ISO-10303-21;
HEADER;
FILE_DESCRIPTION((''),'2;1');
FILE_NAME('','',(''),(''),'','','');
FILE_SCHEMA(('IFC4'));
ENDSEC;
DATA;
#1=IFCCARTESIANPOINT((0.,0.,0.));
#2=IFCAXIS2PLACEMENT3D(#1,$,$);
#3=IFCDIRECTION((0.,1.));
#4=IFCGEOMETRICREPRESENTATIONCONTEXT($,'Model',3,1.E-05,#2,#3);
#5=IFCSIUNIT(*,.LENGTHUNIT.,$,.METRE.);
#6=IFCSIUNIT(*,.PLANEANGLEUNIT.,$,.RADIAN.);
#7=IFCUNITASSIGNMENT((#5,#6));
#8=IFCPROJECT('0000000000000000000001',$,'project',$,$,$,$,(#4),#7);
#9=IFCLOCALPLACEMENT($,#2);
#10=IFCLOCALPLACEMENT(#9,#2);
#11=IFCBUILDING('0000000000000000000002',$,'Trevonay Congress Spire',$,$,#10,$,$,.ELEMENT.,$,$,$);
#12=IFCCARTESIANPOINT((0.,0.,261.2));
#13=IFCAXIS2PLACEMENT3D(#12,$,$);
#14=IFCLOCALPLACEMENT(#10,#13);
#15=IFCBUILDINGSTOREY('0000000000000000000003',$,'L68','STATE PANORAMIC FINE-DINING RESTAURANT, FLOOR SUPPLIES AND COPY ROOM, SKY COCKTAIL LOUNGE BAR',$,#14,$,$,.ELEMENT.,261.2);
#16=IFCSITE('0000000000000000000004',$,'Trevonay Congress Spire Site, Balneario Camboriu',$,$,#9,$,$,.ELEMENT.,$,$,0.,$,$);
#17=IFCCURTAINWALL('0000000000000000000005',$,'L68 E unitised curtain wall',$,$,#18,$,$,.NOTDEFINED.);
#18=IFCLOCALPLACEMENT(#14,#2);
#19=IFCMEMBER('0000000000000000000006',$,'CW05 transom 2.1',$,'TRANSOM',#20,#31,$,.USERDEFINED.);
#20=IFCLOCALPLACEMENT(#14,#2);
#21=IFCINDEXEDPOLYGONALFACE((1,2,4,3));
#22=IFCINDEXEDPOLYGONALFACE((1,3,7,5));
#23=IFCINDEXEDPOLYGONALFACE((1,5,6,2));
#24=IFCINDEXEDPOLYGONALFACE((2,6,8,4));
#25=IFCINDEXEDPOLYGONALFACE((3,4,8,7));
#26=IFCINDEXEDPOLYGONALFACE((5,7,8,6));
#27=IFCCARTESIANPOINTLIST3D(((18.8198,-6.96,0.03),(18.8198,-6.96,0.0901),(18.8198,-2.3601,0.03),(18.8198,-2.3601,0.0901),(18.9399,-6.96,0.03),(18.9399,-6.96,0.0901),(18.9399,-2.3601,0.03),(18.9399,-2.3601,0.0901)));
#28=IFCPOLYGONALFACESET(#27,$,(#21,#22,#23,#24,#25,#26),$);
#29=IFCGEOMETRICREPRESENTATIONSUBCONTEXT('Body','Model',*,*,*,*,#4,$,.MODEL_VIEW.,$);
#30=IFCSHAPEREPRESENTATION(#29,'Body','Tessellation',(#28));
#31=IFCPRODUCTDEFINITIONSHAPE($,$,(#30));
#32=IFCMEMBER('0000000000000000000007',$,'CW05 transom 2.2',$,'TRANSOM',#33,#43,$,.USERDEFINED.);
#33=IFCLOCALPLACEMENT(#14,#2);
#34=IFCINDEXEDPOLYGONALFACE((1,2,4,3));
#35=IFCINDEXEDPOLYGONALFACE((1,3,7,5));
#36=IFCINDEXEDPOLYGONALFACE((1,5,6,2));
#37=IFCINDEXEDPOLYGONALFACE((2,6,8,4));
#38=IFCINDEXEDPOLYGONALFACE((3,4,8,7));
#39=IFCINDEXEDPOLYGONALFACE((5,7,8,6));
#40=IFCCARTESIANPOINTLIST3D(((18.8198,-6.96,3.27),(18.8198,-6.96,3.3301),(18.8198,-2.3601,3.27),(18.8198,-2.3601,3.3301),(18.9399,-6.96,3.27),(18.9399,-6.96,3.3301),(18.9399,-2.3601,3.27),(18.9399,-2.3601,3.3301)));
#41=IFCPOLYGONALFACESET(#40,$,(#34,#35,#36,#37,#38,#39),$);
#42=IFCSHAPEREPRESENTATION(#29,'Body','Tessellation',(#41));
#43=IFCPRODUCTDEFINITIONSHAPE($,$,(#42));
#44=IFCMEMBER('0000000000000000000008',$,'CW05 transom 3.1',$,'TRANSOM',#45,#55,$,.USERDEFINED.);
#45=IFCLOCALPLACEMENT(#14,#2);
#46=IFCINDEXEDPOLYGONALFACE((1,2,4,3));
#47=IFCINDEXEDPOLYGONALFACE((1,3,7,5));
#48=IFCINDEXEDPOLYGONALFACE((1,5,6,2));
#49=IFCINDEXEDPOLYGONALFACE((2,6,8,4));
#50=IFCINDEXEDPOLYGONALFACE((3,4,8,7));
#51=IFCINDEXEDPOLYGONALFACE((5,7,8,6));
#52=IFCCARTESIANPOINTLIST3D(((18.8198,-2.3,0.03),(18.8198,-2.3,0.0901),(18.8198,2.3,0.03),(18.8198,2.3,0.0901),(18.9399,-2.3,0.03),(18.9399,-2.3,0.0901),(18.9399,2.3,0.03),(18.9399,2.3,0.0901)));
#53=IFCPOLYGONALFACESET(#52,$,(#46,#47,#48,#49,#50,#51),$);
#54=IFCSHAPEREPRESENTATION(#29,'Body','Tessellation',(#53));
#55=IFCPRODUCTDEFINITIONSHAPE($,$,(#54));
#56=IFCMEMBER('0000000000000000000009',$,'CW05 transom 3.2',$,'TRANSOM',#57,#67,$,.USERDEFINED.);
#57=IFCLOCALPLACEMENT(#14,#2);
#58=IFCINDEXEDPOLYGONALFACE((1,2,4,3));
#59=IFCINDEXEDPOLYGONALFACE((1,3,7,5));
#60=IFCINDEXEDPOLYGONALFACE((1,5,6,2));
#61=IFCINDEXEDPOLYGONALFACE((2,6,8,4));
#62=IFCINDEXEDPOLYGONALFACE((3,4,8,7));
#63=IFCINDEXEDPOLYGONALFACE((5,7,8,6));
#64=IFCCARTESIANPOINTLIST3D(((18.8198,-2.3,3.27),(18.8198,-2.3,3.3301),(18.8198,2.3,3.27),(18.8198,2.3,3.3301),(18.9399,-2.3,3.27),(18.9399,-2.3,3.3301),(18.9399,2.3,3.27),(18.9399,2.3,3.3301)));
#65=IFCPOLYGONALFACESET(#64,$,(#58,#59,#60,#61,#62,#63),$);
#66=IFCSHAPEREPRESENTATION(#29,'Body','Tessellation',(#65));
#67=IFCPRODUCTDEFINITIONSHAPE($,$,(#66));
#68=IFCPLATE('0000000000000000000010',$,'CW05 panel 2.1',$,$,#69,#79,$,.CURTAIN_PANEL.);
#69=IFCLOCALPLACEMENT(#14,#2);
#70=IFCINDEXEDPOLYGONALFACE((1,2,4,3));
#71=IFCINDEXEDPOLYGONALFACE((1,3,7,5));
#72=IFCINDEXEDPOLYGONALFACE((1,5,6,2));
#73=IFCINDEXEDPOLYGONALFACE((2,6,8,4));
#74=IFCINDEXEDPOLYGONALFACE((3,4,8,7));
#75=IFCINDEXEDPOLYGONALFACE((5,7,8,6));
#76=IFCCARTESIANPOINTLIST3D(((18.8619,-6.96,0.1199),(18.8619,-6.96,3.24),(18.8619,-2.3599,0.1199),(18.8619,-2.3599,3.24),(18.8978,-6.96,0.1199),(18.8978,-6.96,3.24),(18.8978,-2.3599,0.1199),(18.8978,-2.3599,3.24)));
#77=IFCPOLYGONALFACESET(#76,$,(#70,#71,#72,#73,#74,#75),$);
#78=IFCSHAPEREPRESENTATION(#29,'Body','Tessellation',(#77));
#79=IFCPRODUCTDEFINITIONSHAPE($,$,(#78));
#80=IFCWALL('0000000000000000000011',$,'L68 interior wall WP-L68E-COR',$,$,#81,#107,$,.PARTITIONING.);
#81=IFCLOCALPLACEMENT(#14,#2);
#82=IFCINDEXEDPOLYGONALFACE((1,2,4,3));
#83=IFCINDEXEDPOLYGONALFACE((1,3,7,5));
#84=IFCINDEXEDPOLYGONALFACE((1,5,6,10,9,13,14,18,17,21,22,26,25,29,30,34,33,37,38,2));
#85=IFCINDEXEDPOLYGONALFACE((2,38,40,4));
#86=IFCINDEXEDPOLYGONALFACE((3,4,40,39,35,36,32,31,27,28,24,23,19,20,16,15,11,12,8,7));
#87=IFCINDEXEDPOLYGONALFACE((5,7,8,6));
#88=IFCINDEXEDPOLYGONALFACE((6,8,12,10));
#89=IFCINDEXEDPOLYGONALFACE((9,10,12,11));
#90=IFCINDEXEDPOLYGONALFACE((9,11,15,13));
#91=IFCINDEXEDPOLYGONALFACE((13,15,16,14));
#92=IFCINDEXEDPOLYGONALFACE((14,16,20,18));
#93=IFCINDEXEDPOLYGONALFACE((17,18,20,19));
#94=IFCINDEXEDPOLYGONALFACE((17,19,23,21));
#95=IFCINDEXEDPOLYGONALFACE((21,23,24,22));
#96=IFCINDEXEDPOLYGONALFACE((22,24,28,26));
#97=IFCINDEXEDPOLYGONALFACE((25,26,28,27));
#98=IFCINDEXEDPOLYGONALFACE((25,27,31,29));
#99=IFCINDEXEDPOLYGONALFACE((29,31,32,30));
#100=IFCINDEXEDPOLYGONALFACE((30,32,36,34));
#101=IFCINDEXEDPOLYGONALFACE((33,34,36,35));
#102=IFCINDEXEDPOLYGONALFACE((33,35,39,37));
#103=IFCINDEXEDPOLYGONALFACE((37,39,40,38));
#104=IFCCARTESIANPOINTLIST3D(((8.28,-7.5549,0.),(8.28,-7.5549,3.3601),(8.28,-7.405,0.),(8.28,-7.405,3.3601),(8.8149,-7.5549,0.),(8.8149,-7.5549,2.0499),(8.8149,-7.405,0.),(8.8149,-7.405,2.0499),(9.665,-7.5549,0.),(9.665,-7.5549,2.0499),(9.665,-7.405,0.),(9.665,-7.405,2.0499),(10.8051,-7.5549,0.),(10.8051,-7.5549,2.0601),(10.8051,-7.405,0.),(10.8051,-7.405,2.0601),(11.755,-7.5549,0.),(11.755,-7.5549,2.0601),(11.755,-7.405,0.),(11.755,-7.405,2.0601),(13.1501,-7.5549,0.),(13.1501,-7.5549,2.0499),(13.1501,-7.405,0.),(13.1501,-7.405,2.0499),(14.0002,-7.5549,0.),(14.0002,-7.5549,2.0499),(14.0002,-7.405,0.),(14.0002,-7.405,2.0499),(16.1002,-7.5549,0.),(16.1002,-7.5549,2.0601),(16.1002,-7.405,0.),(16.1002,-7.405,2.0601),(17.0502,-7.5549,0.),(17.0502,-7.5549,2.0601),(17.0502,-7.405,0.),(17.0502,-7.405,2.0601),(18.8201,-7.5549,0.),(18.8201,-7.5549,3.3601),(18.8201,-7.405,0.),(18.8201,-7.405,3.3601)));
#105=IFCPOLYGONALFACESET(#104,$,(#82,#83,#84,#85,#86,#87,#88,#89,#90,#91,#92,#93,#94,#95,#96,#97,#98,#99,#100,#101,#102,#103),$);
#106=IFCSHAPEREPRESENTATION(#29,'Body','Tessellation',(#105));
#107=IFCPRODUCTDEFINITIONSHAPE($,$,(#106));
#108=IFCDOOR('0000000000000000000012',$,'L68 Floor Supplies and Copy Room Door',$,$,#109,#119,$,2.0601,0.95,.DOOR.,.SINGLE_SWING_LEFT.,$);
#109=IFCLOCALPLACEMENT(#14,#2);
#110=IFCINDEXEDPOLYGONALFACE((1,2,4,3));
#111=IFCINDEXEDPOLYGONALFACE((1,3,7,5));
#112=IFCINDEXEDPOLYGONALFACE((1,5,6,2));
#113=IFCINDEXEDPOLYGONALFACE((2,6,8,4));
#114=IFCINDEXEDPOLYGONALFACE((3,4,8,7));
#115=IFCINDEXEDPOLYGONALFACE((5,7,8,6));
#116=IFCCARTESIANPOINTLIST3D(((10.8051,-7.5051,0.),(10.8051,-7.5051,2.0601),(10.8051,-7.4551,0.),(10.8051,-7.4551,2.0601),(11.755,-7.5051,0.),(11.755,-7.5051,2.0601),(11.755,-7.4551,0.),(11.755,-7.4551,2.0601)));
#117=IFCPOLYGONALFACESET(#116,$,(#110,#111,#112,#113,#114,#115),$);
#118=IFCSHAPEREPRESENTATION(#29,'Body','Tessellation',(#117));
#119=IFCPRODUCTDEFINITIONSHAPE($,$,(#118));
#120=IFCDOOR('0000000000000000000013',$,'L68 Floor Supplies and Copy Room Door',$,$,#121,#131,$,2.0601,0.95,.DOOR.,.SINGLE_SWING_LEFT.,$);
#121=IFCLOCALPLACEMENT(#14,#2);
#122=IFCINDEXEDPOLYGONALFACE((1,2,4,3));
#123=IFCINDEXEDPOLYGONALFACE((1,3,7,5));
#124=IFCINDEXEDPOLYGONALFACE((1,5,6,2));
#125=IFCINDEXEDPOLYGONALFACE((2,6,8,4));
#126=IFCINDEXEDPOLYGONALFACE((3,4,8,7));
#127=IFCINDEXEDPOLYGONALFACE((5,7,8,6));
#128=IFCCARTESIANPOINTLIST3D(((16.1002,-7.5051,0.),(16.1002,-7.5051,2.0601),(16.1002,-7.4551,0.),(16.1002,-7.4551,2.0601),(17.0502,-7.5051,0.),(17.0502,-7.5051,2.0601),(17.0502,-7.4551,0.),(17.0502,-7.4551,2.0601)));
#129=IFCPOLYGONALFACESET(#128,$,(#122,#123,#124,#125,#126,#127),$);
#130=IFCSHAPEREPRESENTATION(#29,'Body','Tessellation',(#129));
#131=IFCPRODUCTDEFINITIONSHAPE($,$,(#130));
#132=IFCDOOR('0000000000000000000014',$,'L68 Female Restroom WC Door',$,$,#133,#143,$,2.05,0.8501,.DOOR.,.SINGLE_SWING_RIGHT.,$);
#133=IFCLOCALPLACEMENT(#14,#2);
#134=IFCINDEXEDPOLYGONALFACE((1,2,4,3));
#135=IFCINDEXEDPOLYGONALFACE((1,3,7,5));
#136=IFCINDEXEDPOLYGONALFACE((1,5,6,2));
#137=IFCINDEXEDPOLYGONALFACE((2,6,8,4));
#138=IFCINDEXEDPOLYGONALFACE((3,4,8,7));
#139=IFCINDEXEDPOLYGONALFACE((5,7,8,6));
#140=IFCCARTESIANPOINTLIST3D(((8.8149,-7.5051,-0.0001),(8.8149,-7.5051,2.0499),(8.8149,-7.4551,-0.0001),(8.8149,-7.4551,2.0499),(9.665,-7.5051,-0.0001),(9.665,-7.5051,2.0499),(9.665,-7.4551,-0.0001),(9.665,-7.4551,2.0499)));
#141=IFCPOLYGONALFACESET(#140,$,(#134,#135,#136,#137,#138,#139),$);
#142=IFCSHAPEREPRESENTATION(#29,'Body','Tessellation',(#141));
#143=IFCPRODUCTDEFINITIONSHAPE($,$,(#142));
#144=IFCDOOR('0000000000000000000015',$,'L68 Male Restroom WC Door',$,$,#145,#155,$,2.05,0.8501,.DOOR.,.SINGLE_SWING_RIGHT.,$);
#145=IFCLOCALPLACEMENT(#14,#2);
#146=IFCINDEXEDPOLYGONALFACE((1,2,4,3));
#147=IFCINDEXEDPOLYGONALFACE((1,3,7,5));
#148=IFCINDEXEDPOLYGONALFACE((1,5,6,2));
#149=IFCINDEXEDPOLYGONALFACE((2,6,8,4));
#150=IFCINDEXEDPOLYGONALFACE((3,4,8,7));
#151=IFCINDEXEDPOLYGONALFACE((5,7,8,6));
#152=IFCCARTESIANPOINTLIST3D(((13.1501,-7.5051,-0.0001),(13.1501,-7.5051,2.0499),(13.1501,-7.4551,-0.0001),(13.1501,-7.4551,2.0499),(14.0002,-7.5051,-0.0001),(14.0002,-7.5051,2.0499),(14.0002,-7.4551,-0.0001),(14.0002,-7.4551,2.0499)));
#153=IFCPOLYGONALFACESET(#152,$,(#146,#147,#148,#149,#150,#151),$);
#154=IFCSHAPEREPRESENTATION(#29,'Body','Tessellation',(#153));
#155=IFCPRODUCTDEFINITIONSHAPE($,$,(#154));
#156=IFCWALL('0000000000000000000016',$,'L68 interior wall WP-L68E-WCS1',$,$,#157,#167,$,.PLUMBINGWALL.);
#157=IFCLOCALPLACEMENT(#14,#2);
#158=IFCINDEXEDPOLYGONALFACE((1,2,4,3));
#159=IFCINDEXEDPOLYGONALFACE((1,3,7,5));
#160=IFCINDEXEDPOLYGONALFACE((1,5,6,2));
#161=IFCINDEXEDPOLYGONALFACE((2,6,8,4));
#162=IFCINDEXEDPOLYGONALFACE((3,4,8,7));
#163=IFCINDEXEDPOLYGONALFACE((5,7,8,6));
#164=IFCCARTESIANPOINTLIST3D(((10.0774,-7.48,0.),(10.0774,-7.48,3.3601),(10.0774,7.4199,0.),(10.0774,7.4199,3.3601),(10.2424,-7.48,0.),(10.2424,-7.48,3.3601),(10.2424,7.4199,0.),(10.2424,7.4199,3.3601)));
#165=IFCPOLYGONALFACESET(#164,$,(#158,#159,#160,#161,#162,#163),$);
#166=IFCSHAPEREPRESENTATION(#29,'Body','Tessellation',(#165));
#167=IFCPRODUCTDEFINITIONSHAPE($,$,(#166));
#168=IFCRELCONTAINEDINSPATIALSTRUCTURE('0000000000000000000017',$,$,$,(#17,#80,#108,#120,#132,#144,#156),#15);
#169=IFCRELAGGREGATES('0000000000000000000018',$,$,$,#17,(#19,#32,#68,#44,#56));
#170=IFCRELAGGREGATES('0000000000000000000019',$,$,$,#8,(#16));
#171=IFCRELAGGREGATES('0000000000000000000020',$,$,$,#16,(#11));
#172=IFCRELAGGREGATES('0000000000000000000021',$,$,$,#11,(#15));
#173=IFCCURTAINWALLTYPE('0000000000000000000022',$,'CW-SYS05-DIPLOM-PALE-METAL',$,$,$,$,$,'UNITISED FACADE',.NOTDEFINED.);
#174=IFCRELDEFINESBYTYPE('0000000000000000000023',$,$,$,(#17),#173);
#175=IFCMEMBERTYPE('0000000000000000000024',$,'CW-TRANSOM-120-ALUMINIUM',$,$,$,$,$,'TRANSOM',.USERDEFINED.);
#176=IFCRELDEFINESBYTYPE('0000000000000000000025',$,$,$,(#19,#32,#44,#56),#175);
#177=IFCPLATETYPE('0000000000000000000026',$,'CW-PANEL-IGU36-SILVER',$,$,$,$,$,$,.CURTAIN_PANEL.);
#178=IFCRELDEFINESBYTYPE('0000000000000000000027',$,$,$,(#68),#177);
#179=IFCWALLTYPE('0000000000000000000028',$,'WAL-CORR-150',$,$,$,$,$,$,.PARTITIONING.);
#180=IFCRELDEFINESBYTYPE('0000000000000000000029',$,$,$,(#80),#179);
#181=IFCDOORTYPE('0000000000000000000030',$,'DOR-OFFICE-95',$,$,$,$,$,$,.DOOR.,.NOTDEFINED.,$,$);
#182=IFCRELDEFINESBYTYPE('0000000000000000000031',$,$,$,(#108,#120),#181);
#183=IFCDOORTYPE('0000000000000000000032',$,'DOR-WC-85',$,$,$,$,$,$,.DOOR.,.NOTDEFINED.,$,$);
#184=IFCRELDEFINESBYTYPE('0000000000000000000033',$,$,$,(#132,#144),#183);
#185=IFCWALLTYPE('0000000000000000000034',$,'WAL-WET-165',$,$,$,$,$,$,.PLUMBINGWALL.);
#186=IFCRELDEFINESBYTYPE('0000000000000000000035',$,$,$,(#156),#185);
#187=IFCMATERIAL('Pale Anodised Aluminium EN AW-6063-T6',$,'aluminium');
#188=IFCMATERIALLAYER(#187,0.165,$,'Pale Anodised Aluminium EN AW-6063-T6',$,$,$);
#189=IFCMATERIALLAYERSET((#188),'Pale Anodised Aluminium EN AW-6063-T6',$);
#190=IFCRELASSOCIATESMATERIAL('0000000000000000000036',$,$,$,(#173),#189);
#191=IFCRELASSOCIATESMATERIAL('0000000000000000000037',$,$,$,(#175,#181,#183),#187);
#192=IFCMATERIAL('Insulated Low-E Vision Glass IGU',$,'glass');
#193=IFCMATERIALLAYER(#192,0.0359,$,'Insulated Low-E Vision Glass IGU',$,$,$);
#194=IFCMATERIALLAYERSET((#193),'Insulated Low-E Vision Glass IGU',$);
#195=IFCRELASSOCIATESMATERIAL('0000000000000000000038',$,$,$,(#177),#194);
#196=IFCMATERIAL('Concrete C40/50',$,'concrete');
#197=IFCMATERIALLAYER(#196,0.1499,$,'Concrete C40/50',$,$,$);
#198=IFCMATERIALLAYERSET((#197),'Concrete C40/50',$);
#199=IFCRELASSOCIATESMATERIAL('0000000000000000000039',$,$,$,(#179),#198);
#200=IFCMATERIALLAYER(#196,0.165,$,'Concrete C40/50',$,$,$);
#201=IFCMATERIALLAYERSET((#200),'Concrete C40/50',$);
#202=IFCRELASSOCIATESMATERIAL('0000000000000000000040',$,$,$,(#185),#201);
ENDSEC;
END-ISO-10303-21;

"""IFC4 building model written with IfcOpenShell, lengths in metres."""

from ifc_helpers import new_model, si_unit, direction, frame, frame_2d, origin, origin_2d, place, context, subcontext, project, spatial, rectangle, extrude, material, layer, layer_set, material_profile, profile_set, type_object, element, fill, aggregate, save


model = new_model("IFC4")

# Units and contexts
model_context = context("Model", 3, precision=1e-05, world=origin(), true_north=direction((0.0, 1.0)))
body_context = subcontext(model_context, "Body", "Model", "MODEL_VIEW")
ifc_project = project(units=[si_unit("LENGTHUNIT", "METRE"), si_unit("PLANEANGLEUNIT", "RADIAN")], contexts=[model_context])

# Site, building, storey
site_placement = place(None, origin())
site = spatial("IfcSite", under=ifc_project, at=site_placement, Name="Trevonay Congress Spire Site, Balneario Camboriu", CompositionType="ELEMENT", RefElevation=0.0)
building_placement = place(site_placement, origin())
building = spatial("IfcBuilding", under=site, at=building_placement, Name="Trevonay Congress Spire", CompositionType="ELEMENT")
storey_placement = place(building_placement, frame((0.0, 0.0, 261.2)))
storey = spatial("IfcBuildingStorey", under=building, at=storey_placement, Name="L68", Description="STATE PANORAMIC FINE-DINING RESTAURANT, FLOOR SUPPLIES AND COPY ROOM, SKY COCKTAIL LOUNGE BAR", CompositionType="ELEMENT", Elevation=261.2)

# Curtain wall, members, plate
ifc_material_1 = material(Name="Pale Anodised Aluminium EN AW-6063-T6", Category="aluminium")
ifc_layer_1 = layer(ifc_material_1, 0.165, Name="Pale Anodised Aluminium EN AW-6063-T6")
ifc_layer_set_1 = layer_set([ifc_layer_1], Name="Pale Anodised Aluminium EN AW-6063-T6")
curtain_wall_type = type_object("IfcCurtainWallType", Name="CW-SYS05-DIPLOM-PALE-METAL", ElementType="UNITISED FACADE", PredefinedType="NOTDEFINED", material=ifc_layer_set_1)
curtain_wall_placement = place(storey_placement, origin())
curtain_wall = element("IfcCurtainWall", 1, at=curtain_wall_placement, inside=storey, type_object=curtain_wall_type, Name="L68 E unitised curtain wall", PredefinedType="NOTDEFINED")
ifc_material_profile_1 = material_profile(ifc_material_1, rectangle(XDim=0.1201, YDim=0.0601, at=origin_2d()), Name="CW-TRANSOM-120-ALUMINIUM")
ifc_profile_set_1 = profile_set([ifc_material_profile_1], Name="Pale Anodised Aluminium EN AW-6063-T6")
member_type_1 = type_object("IfcMemberType", Name="CW-TRANSOM-120-ALUMINIUM", ElementType="TRANSOM", PredefinedType="USERDEFINED", material=ifc_profile_set_1)
member_1_placement = place(storey_placement, frame((18.8799, -6.96, 0.0601), z_axis=(0.0, 1.0, 0.0), x_axis=(-1.0, 0.0, 0.0)))
member_1 = element("IfcMember", 2, at=member_1_placement, type_object=member_type_1, Name="CW05 transom 2.1", ObjectType="TRANSOM", PredefinedType="USERDEFINED", context=body_context, shape_type="SweptSolid", body=[
    extrude(rectangle(XDim=0.1201, YDim=0.0601, at=origin_2d()), origin(), (0.0, 0.0, 1.0), 4.5999),
])
member_2_placement = place(storey_placement, frame((18.8799, -6.96, 3.3), z_axis=(0.0, 1.0, 0.0), x_axis=(-1.0, 0.0, 0.0)))
member_2 = element("IfcMember", 3, at=member_2_placement, type_object=member_type_1, Name="CW05 transom 2.2", ObjectType="TRANSOM", PredefinedType="USERDEFINED", context=body_context, shape_type="SweptSolid", body=[
    extrude(rectangle(XDim=0.1201, YDim=0.0601, at=origin_2d()), origin(), (0.0, 0.0, 1.0), 4.5999),
])
member_3_placement = place(storey_placement, frame((18.8799, -2.3, 0.0601), z_axis=(0.0, 1.0, 0.0), x_axis=(-1.0, 0.0, 0.0)))
member_3 = element("IfcMember", 4, at=member_3_placement, type_object=member_type_1, Name="CW05 transom 3.1", ObjectType="TRANSOM", PredefinedType="USERDEFINED", context=body_context, shape_type="SweptSolid", body=[
    extrude(rectangle(XDim=0.1201, YDim=0.0601, at=origin_2d()), origin(), (0.0, 0.0, 1.0), 4.6001),
])
member_4_placement = place(storey_placement, frame((18.8799, -2.3, 3.3), z_axis=(0.0, 1.0, 0.0), x_axis=(-1.0, 0.0, 0.0)))
member_4 = element("IfcMember", 5, at=member_4_placement, type_object=member_type_1, Name="CW05 transom 3.2", ObjectType="TRANSOM", PredefinedType="USERDEFINED", context=body_context, shape_type="SweptSolid", body=[
    extrude(rectangle(XDim=0.1201, YDim=0.0601, at=origin_2d()), origin(), (0.0, 0.0, 1.0), 4.6001),
])
ifc_material_2 = material(Name="Insulated Low-E Vision Glass IGU", Category="glass")
ifc_layer_2 = layer(ifc_material_2, 0.0359, Name="Insulated Low-E Vision Glass IGU")
ifc_layer_set_2 = layer_set([ifc_layer_2], Name="Insulated Low-E Vision Glass IGU")
plate_type = type_object("IfcPlateType", Name="CW-PANEL-IGU36-SILVER", PredefinedType="CURTAIN_PANEL", material=ifc_layer_set_2)
plate_placement = place(storey_placement, frame((18.8799, -4.6599, 0.1199), z_axis=(0.0, 0.0, 1.0), x_axis=(0.0, 1.0, 0.0)))
plate = element("IfcPlate", 6, at=plate_placement, type_object=plate_type, Name="CW05 panel 2.1", PredefinedType="CURTAIN_PANEL", context=body_context, shape_type="SweptSolid", body=[
    extrude(rectangle(XDim=4.6001, YDim=0.0359, at=origin_2d()), origin(), (0.0, 0.0, 1.0), 3.1201),
])
aggregate(curtain_wall, [member_1, member_2, plate, member_3, member_4])

# Wall, openings, doors
ifc_material_3 = material(Name="Concrete C40/50", Category="concrete")
ifc_layer_3 = layer(ifc_material_3, 0.1499, Name="Concrete C40/50")
ifc_layer_set_3 = layer_set([ifc_layer_3], Name="Concrete C40/50")
wall_type_1 = type_object("IfcWallType", Name="WAL-CORR-150", PredefinedType="PARTITIONING", material=ifc_layer_set_3)
wall_placement = place(storey_placement, frame((8.28, -7.48, 0.0), z_axis=(0.0, 0.0, 1.0), x_axis=(1.0, 0.0, 0.0)))
wall = element("IfcWall", 7, at=wall_placement, inside=storey, type_object=wall_type_1, Name="L68 interior wall WP-L68E-COR", PredefinedType="PARTITIONING", context=body_context, shape_type="SweptSolid", body=[
    extrude(rectangle(XDim=10.54, YDim=0.1499, at=frame_2d((5.27, 0.0))), origin(), (0.0, 0.0, 1.0), 3.3601),
])
opening_1_placement = place(wall_placement, frame((0.5349, 0.0, 0.0)))
opening_1 = element("IfcOpeningElement", 8, at=opening_1_placement, cuts=wall, PredefinedType="OPENING", context=body_context, shape_type="SweptSolid", body=[
    extrude(rectangle(XDim=0.8501, YDim=2.05, at=frame_2d((0.425, 1.0249))), frame((0.0, 0.085, 0.0), z_axis=(0.0, -1.0, 0.0), x_axis=(1.0, 0.0, 0.0)), (0.0, 0.0, 1.0), 0.1699),
])
opening_2_placement = place(wall_placement, frame((2.5249, 0.0, 0.0)))
opening_2 = element("IfcOpeningElement", 9, at=opening_2_placement, cuts=wall, PredefinedType="OPENING", context=body_context, shape_type="SweptSolid", body=[
    extrude(rectangle(XDim=0.95, YDim=2.0601, at=frame_2d((0.4751, 1.03))), frame((0.0, 0.085, 0.0), z_axis=(0.0, -1.0, 0.0), x_axis=(1.0, 0.0, 0.0)), (0.0, 0.0, 1.0), 0.1699),
])
opening_3_placement = place(wall_placement, frame((4.8701, 0.0, 0.0)))
opening_3 = element("IfcOpeningElement", 10, at=opening_3_placement, cuts=wall, PredefinedType="OPENING", context=body_context, shape_type="SweptSolid", body=[
    extrude(rectangle(XDim=0.8501, YDim=2.05, at=frame_2d((0.425, 1.0249))), frame((0.0, 0.085, 0.0), z_axis=(0.0, -1.0, 0.0), x_axis=(1.0, 0.0, 0.0)), (0.0, 0.0, 1.0), 0.1699),
])
opening_4_placement = place(wall_placement, frame((7.8201, 0.0, 0.0)))
opening_4 = element("IfcOpeningElement", 11, at=opening_4_placement, cuts=wall, PredefinedType="OPENING", context=body_context, shape_type="SweptSolid", body=[
    extrude(rectangle(XDim=0.95, YDim=2.0601, at=frame_2d((0.4751, 1.03))), frame((0.0, 0.085, 0.0), z_axis=(0.0, -1.0, 0.0), x_axis=(1.0, 0.0, 0.0)), (0.0, 0.0, 1.0), 0.1699),
])
door_type_1 = type_object("IfcDoorType", Name="DOR-OFFICE-95", OperationType="NOTDEFINED", PredefinedType="DOOR", material=ifc_material_1)
door_1_placement = place(opening_2_placement, origin())
door_1 = element("IfcDoor", 12, at=door_1_placement, inside=storey, type_object=door_type_1, Name="L68 Floor Supplies and Copy Room Door", OperationType="SINGLE_SWING_LEFT", OverallHeight=2.0601, OverallWidth=0.95, PredefinedType="DOOR", context=body_context, shape_type="SweptSolid", body=[
    extrude(rectangle(XDim=0.95, YDim=2.0601, at=frame_2d((0.4751, 1.03))), frame((0.0, 0.0249, 0.0), z_axis=(0.0, -1.0, 0.0), x_axis=(1.0, 0.0, 0.0)), (0.0, 0.0, 1.0), 0.05),
])
fill(opening_2, door_1)
door_2_placement = place(opening_4_placement, origin())
door_2 = element("IfcDoor", 13, at=door_2_placement, inside=storey, type_object=door_type_1, Name="L68 Floor Supplies and Copy Room Door", OperationType="SINGLE_SWING_LEFT", OverallHeight=2.0601, OverallWidth=0.95, PredefinedType="DOOR", context=body_context, shape_type="SweptSolid", body=[
    extrude(rectangle(XDim=0.95, YDim=2.0601, at=frame_2d((0.4751, 1.03))), frame((0.0, 0.0249, 0.0), z_axis=(0.0, -1.0, 0.0), x_axis=(1.0, 0.0, 0.0)), (0.0, 0.0, 1.0), 0.05),
])
fill(opening_4, door_2)
door_type_2 = type_object("IfcDoorType", Name="DOR-WC-85", OperationType="NOTDEFINED", PredefinedType="DOOR", material=ifc_material_1)
door_3_placement = place(opening_1_placement, origin())
door_3 = element("IfcDoor", 14, at=door_3_placement, inside=storey, type_object=door_type_2, Name="L68 Female Restroom WC Door", OperationType="SINGLE_SWING_RIGHT", OverallHeight=2.05, OverallWidth=0.8501, PredefinedType="DOOR", context=body_context, shape_type="SweptSolid", body=[
    extrude(rectangle(XDim=0.8501, YDim=2.05, at=frame_2d((0.425, 1.0249))), frame((0.0, 0.0249, 0.0), z_axis=(0.0, -1.0, 0.0), x_axis=(1.0, 0.0, 0.0)), (0.0, 0.0, 1.0), 0.05),
])
fill(opening_1, door_3)
door_4_placement = place(opening_3_placement, origin())
door_4 = element("IfcDoor", 15, at=door_4_placement, inside=storey, type_object=door_type_2, Name="L68 Male Restroom WC Door", OperationType="SINGLE_SWING_RIGHT", OverallHeight=2.05, OverallWidth=0.8501, PredefinedType="DOOR", context=body_context, shape_type="SweptSolid", body=[
    extrude(rectangle(XDim=0.8501, YDim=2.05, at=frame_2d((0.425, 1.0249))), frame((0.0, 0.0249, 0.0), z_axis=(0.0, -1.0, 0.0), x_axis=(1.0, 0.0, 0.0)), (0.0, 0.0, 1.0), 0.05),
])
fill(opening_3, door_4)

# Wall
ifc_layer_4 = layer(ifc_material_3, 0.165, Name="Concrete C40/50")
ifc_layer_set_4 = layer_set([ifc_layer_4], Name="Concrete C40/50")
wall_type_2 = type_object("IfcWallType", Name="WAL-WET-165", PredefinedType="PLUMBINGWALL", material=ifc_layer_set_4)
for number, where, z_axis, x_axis, name in (
    (16, (10.1599, -7.48, 0.0), (0.0, 0.0, 1.0), (0.0, 1.0, 0.0), "L68 interior wall WP-L68E-WCS1"),
):
    element("IfcWall", number, at=place(storey_placement, frame(where, z_axis=z_axis, x_axis=x_axis)), inside=storey, type_object=wall_type_2, Name=name, PredefinedType="PLUMBINGWALL", context=body_context, shape_type="SweptSolid", body=[
        extrude(rectangle(XDim=14.8999, YDim=0.165, at=frame_2d((7.45, 0.0))), origin(), (0.0, 0.0, 1.0), 3.3601),
    ])

save(model, "model.ifc")
